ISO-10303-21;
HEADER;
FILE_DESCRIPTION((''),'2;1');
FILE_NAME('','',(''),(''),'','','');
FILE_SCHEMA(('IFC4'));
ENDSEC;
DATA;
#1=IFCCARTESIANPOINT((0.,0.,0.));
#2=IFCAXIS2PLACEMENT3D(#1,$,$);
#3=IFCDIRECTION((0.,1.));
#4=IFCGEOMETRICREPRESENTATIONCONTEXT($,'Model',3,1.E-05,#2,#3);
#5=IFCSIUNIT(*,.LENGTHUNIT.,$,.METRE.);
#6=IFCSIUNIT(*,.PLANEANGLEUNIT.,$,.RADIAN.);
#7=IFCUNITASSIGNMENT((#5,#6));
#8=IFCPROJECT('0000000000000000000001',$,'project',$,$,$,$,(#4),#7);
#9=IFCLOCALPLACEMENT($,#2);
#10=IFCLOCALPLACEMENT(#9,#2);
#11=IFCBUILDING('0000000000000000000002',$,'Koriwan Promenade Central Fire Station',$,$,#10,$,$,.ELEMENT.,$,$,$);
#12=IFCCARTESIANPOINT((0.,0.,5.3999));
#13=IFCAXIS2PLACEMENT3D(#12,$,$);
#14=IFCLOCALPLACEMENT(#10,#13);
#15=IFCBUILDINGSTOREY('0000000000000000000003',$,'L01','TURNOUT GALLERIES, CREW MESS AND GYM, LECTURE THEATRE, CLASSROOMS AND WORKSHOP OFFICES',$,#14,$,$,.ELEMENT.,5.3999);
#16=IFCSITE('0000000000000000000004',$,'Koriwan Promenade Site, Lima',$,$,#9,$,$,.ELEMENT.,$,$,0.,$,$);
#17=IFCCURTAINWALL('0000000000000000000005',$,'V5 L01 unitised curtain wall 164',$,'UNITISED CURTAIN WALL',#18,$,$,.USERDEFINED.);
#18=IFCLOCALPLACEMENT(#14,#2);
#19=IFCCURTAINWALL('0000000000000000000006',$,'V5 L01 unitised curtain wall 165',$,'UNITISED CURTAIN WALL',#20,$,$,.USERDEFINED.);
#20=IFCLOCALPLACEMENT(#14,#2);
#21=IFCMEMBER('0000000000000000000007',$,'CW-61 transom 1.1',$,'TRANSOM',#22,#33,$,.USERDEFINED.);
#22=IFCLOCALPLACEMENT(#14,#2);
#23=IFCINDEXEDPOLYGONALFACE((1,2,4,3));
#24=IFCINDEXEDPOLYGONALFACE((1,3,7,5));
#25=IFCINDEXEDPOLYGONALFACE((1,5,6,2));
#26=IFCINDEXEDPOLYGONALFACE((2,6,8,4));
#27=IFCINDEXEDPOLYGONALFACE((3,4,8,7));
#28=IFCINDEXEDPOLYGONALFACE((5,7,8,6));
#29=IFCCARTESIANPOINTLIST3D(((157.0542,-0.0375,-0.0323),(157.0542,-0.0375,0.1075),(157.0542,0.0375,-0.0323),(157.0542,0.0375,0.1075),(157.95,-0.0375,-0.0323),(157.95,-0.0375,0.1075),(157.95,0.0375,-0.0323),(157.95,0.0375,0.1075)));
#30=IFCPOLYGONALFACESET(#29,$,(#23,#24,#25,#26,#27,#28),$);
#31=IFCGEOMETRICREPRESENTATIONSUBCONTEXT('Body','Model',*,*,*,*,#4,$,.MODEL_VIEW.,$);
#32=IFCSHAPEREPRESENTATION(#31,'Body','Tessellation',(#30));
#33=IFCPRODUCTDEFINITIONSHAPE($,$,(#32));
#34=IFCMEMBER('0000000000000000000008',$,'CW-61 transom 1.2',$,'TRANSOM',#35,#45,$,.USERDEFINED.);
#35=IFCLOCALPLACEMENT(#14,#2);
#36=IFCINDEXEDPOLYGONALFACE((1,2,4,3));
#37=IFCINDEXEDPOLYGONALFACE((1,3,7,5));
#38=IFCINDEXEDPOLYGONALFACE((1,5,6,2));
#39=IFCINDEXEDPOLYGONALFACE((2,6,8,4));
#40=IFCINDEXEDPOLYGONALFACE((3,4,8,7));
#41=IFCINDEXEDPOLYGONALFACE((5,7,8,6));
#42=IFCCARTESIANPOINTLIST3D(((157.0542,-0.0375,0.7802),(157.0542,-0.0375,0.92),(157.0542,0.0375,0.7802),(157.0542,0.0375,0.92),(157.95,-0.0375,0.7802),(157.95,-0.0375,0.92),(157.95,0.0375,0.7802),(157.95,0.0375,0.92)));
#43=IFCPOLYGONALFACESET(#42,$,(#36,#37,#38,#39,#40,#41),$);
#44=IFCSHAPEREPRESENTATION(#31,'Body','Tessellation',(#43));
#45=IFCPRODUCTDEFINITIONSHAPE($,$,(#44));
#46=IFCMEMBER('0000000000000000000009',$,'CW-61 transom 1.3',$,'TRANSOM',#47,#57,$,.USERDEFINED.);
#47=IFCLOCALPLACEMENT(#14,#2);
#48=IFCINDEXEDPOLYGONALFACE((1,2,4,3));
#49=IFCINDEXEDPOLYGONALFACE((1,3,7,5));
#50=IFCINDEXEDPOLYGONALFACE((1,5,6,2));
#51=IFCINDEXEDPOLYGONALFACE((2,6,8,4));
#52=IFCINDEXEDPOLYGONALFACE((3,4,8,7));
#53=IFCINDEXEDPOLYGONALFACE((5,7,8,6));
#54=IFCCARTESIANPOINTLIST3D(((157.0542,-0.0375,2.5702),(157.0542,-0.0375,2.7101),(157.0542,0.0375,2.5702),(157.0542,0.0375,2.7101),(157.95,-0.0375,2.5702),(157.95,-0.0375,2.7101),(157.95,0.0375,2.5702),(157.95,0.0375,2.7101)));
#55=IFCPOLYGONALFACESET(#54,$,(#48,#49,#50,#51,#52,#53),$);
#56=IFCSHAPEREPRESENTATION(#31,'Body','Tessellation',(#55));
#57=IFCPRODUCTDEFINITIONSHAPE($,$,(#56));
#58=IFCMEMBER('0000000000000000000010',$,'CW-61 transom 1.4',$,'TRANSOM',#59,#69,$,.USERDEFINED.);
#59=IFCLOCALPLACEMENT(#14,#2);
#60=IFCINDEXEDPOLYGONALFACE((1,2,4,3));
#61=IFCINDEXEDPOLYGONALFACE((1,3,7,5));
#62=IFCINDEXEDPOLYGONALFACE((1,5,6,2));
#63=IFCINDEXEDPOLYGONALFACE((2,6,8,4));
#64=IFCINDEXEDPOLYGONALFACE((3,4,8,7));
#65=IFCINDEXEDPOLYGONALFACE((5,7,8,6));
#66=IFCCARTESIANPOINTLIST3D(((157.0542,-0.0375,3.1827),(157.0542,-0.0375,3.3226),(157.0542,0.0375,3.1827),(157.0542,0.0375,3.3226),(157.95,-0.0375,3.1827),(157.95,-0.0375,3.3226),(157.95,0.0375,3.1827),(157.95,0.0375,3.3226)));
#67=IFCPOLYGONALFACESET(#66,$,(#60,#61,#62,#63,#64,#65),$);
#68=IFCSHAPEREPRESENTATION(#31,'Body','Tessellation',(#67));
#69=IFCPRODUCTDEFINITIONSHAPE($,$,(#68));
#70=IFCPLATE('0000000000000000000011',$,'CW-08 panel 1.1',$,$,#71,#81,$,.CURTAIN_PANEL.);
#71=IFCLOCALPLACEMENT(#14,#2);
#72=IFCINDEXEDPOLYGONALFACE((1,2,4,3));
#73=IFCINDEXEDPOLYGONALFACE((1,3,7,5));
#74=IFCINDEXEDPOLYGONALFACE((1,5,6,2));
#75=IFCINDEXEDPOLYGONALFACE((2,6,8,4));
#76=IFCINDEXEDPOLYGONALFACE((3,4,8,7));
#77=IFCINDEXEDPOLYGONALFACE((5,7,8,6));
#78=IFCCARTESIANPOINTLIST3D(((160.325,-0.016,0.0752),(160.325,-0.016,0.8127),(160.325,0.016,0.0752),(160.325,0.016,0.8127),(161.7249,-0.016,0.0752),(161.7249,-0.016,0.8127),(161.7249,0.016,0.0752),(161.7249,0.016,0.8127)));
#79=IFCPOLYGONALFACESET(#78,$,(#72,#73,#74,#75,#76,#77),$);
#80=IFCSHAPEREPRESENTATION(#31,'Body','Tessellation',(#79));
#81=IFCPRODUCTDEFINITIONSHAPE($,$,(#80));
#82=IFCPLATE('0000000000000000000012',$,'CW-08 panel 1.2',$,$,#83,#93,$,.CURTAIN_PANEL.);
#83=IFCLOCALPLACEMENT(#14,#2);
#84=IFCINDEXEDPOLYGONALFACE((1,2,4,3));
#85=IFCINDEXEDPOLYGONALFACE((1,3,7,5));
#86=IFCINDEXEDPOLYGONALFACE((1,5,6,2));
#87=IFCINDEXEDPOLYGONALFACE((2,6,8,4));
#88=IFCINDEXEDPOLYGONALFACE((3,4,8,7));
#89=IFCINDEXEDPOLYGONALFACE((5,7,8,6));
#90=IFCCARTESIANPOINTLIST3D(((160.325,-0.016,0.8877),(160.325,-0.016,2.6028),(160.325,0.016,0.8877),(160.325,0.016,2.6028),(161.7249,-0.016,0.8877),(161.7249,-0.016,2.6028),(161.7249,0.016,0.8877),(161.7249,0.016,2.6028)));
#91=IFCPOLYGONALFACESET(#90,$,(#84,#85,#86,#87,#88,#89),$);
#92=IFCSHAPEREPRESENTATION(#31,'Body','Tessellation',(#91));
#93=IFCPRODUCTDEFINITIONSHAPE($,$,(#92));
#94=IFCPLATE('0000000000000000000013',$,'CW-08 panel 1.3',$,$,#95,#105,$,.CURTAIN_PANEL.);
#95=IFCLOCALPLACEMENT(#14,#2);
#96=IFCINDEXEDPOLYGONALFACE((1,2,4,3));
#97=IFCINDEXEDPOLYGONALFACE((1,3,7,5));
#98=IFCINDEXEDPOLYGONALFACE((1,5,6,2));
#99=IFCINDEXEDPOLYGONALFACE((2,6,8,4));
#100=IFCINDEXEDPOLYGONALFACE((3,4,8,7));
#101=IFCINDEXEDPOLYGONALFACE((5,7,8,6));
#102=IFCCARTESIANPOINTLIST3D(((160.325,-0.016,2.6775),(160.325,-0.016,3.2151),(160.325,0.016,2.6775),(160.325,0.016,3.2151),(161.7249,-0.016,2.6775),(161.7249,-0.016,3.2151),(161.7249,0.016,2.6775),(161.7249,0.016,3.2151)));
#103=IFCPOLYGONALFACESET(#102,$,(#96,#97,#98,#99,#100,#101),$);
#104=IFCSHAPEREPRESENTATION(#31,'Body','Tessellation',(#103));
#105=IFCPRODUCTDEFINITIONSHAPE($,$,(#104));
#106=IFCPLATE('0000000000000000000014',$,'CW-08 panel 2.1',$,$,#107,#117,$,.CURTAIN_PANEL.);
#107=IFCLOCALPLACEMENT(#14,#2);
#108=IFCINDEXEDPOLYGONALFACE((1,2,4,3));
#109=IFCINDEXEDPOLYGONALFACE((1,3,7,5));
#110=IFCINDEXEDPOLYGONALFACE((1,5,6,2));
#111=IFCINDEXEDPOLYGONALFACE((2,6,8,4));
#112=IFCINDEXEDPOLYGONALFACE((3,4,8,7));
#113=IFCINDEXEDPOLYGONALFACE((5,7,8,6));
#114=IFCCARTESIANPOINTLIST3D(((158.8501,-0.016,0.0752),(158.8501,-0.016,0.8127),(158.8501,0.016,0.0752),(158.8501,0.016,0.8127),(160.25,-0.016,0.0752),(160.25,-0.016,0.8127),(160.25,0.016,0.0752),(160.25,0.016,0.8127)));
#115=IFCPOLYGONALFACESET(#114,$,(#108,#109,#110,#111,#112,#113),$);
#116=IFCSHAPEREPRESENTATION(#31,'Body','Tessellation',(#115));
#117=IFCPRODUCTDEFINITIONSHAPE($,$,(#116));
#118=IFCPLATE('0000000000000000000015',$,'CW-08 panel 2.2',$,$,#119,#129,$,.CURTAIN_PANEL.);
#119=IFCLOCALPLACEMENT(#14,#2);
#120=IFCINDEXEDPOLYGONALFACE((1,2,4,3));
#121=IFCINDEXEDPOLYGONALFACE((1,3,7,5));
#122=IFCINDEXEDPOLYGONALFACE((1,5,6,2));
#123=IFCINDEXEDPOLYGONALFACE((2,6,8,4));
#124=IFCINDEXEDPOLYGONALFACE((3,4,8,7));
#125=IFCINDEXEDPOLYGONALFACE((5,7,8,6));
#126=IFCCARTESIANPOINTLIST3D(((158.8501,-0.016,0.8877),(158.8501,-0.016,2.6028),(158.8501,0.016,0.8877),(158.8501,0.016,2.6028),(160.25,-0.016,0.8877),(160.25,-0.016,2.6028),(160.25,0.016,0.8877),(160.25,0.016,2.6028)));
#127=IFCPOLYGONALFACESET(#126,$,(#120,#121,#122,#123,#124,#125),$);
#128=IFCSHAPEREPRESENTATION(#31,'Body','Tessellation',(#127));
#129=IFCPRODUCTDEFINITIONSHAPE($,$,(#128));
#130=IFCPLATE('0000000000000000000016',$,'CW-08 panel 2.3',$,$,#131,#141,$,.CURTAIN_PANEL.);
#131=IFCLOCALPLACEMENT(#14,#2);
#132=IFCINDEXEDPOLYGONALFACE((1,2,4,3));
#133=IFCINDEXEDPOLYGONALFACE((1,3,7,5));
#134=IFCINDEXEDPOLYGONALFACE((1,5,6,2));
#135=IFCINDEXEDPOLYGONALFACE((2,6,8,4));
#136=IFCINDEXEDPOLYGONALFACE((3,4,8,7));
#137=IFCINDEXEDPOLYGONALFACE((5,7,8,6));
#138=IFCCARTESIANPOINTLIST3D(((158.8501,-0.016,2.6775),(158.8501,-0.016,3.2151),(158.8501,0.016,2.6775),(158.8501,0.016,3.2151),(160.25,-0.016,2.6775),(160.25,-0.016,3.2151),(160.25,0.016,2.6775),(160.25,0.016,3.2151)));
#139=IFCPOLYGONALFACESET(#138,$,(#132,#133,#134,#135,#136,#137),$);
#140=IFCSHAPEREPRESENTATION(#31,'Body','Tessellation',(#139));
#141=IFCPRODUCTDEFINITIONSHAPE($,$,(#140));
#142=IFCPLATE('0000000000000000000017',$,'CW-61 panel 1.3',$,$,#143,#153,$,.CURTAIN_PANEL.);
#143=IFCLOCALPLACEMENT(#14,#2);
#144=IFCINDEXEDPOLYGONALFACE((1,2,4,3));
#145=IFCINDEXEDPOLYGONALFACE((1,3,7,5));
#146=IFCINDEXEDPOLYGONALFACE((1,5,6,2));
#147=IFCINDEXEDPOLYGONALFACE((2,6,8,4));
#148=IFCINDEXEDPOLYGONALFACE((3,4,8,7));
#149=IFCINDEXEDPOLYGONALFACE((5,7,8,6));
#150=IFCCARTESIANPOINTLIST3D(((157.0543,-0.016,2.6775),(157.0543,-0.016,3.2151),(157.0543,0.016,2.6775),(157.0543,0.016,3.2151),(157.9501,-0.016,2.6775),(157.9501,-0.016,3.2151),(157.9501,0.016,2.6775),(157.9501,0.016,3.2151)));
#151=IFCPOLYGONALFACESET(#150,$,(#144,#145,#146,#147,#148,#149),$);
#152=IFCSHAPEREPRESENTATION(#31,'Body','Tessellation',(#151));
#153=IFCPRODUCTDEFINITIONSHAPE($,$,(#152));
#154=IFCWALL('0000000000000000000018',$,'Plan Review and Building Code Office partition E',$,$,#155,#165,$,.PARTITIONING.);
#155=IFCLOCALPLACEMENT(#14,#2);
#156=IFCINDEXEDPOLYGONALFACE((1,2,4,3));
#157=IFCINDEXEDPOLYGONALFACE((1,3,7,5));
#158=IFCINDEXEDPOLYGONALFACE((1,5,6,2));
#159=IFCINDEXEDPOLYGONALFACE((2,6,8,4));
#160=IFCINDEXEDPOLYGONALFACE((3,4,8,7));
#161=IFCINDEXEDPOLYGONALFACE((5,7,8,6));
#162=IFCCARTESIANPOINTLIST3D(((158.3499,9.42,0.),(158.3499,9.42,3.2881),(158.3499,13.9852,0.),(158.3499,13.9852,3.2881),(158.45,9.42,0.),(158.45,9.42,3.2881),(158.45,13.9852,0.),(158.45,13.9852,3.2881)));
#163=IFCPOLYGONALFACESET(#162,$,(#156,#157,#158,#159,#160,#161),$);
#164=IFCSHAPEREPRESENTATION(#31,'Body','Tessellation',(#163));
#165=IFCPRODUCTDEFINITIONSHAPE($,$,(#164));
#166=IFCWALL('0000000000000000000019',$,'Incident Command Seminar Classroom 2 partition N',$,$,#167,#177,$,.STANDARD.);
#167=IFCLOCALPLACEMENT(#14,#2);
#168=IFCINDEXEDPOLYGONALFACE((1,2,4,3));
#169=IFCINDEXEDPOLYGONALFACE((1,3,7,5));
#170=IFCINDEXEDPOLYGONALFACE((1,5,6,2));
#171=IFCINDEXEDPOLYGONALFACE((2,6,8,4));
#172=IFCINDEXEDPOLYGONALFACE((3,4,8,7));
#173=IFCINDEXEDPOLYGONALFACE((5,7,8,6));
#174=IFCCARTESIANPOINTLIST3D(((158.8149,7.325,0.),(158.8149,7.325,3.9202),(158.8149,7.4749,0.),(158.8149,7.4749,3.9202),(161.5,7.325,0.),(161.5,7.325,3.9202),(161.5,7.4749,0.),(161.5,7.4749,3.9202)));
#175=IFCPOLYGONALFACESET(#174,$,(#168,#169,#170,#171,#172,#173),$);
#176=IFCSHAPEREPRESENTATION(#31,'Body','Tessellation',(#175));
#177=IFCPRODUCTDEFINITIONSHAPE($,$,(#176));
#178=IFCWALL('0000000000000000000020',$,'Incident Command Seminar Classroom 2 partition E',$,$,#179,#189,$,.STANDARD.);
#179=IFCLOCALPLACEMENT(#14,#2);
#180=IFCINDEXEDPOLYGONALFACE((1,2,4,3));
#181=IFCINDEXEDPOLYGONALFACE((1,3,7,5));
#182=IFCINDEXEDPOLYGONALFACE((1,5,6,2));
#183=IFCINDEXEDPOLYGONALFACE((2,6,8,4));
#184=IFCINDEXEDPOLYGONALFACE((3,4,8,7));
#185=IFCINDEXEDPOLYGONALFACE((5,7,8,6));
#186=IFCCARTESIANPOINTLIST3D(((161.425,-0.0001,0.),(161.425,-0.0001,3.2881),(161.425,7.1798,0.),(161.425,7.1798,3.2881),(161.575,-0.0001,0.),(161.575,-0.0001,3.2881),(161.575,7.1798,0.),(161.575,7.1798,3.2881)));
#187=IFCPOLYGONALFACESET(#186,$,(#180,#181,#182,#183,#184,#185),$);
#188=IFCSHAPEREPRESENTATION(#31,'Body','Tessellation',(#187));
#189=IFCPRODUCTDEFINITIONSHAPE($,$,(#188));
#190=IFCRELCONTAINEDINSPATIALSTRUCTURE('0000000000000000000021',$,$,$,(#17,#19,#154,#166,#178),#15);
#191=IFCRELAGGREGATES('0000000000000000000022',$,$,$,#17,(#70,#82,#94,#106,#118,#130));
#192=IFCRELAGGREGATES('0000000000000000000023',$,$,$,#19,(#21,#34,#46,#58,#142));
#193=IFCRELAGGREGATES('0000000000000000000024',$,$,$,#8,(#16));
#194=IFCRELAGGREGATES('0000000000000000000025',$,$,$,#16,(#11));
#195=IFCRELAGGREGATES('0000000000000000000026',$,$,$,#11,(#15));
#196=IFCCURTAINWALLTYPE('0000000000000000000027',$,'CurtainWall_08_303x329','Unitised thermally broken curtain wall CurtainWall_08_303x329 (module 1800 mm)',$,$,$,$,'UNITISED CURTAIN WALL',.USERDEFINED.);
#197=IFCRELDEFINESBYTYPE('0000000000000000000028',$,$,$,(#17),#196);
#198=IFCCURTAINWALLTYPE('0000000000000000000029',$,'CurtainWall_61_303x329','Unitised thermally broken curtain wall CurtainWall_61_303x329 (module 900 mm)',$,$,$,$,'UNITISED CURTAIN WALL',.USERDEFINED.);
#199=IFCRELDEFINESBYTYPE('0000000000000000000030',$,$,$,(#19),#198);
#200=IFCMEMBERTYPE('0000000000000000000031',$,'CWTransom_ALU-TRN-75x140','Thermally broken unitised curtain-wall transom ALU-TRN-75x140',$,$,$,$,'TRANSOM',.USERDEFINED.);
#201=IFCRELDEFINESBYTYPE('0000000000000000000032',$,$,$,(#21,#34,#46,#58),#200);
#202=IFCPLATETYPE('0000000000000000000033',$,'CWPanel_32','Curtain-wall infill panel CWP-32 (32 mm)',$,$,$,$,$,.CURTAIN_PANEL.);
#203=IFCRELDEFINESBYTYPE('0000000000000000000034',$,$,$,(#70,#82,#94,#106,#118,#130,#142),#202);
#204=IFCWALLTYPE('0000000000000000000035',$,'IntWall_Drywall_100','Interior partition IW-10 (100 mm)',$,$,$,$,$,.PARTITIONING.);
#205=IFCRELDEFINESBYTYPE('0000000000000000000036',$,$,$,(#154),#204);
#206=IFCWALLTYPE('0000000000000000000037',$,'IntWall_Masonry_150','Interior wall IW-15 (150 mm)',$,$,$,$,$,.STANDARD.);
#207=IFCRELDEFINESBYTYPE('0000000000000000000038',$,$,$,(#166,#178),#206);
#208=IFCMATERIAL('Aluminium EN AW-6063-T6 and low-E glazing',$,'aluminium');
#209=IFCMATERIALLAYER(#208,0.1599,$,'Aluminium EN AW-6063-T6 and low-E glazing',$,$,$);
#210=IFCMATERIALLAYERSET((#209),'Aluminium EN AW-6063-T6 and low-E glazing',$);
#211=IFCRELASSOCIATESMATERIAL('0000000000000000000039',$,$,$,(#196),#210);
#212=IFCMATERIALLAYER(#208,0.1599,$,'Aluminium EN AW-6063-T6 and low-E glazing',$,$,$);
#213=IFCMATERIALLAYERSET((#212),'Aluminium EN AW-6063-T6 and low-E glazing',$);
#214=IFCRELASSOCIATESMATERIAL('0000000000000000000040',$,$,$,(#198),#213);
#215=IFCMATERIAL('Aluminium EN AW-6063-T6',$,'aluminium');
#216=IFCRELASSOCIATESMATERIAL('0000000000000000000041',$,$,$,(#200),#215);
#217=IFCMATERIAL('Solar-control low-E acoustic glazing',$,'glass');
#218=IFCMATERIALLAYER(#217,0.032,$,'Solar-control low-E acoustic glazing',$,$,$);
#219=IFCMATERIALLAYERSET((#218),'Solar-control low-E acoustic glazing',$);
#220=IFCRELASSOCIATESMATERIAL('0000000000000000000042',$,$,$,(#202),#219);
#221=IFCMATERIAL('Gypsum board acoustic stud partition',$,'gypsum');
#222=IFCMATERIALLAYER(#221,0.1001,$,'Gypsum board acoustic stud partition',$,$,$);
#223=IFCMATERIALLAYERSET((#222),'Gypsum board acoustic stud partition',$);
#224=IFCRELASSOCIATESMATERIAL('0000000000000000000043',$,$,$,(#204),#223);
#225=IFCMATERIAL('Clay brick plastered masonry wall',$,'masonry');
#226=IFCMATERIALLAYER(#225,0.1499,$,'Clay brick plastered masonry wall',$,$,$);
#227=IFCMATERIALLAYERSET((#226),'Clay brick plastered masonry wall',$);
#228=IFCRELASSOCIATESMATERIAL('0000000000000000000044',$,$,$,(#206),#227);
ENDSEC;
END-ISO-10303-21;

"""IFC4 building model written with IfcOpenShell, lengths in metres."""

from ifc_helpers import new_model, si_unit, direction, frame, frame_2d, origin, origin_2d, place, context, subcontext, project, spatial, rectangle, extrude, material, layer, layer_set, material_profile, profile_set, type_object, element, aggregate, save


model = new_model("IFC4")

# Units and contexts
model_context = context("Model", 3, precision=1e-05, world=origin(), true_north=direction((0.0, 1.0)))
body_context = subcontext(model_context, "Body", "Model", "MODEL_VIEW")
ifc_project = project(units=[si_unit("LENGTHUNIT", "METRE"), si_unit("PLANEANGLEUNIT", "RADIAN")], contexts=[model_context])

# Site, building, storey
site_placement = place(None, origin())
site = spatial("IfcSite", under=ifc_project, at=site_placement, Name="Koriwan Promenade Site, Lima", CompositionType="ELEMENT", RefElevation=0.0)
building_placement = place(site_placement, origin())
building = spatial("IfcBuilding", under=site, at=building_placement, Name="Koriwan Promenade Central Fire Station", CompositionType="ELEMENT")
storey_placement = place(building_placement, frame((0.0, 0.0, 5.3999)))
storey = spatial("IfcBuildingStorey", under=building, at=storey_placement, Name="L01", Description="TURNOUT GALLERIES, CREW MESS AND GYM, LECTURE THEATRE, CLASSROOMS AND WORKSHOP OFFICES", CompositionType="ELEMENT", Elevation=5.3999)

# Curtain wall
ifc_material_1 = material(Name="Aluminium EN AW-6063-T6 and low-E glazing", Category="aluminium")
ifc_layer_1 = layer(ifc_material_1, 0.1599, Name="Aluminium EN AW-6063-T6 and low-E glazing")
ifc_layer_set_1 = layer_set([ifc_layer_1], Name="Aluminium EN AW-6063-T6 and low-E glazing")
curtain_wall_type_1 = type_object("IfcCurtainWallType", Name="CurtainWall_08_303x329", Description="Unitised thermally broken curtain wall CurtainWall_08_303x329 (module 1800 mm)", ElementType="UNITISED CURTAIN WALL", PredefinedType="USERDEFINED", material=ifc_layer_set_1)
curtain_wall_1_placement = place(storey_placement, origin())
curtain_wall_1 = element("IfcCurtainWall", 1, at=curtain_wall_1_placement, inside=storey, type_object=curtain_wall_type_1, Name="V5 L01 unitised curtain wall 164", ObjectType="UNITISED CURTAIN WALL", PredefinedType="USERDEFINED")
ifc_material_2 = material(Name="Aluminium EN AW-6063-T6", Category="aluminium")

# Curtain wall
ifc_layer_2 = layer(ifc_material_1, 0.1599, Name="Aluminium EN AW-6063-T6 and low-E glazing")
ifc_layer_set_2 = layer_set([ifc_layer_2], Name="Aluminium EN AW-6063-T6 and low-E glazing")
curtain_wall_type_2 = type_object("IfcCurtainWallType", Name="CurtainWall_61_303x329", Description="Unitised thermally broken curtain wall CurtainWall_61_303x329 (module 900 mm)", ElementType="UNITISED CURTAIN WALL", PredefinedType="USERDEFINED", material=ifc_layer_set_2)
curtain_wall_2_placement = place(storey_placement, origin())
curtain_wall_2 = element("IfcCurtainWall", 2, at=curtain_wall_2_placement, inside=storey, type_object=curtain_wall_type_2, Name="V5 L01 unitised curtain wall 165", ObjectType="UNITISED CURTAIN WALL", PredefinedType="USERDEFINED")

# Members
ifc_material_profile_1 = material_profile(ifc_material_2, rectangle(XDim=0.075, YDim=0.1399, at=origin_2d()), Name="ALU-TRN-75x140")
ifc_profile_set_1 = profile_set([ifc_material_profile_1], Name="Aluminium EN AW-6063-T6")
member_type_1 = type_object("IfcMemberType", Name="CWTransom_ALU-TRN-75x140", Description="Thermally broken unitised curtain-wall transom ALU-TRN-75x140", ElementType="TRANSOM", PredefinedType="USERDEFINED", material=ifc_profile_set_1)
member_1_placement = place(storey_placement, frame((157.95, 0.0, 0.0376), z_axis=(-1.0, 0.0, 0.0), x_axis=(0.0, -1.0, 0.0)))
member_1 = element("IfcMember", 3, at=member_1_placement, type_object=member_type_1, Name="CW-61 transom 1.1", ObjectType="TRANSOM", PredefinedType="USERDEFINED", context=body_context, shape_type="SweptSolid", body=[
    extrude(rectangle(XDim=0.075, YDim=0.1399, at=origin_2d()), origin(), (0.0, 0.0, 1.0), 0.8958),
])
member_2_placement = place(storey_placement, frame((157.95, 0.0, 0.8501), z_axis=(-1.0, 0.0, 0.0), x_axis=(0.0, -1.0, 0.0)))
member_2 = element("IfcMember", 4, at=member_2_placement, type_object=member_type_1, Name="CW-61 transom 1.2", ObjectType="TRANSOM", PredefinedType="USERDEFINED", context=body_context, shape_type="SweptSolid", body=[
    extrude(rectangle(XDim=0.075, YDim=0.1399, at=origin_2d()), origin(), (0.0, 0.0, 1.0), 0.8958),
])
member_3_placement = place(storey_placement, frame((157.95, 0.0, 2.6401), z_axis=(-1.0, 0.0, 0.0), x_axis=(0.0, -1.0, 0.0)))
member_3 = element("IfcMember", 5, at=member_3_placement, type_object=member_type_1, Name="CW-61 transom 1.3", ObjectType="TRANSOM", PredefinedType="USERDEFINED", context=body_context, shape_type="SweptSolid", body=[
    extrude(rectangle(XDim=0.075, YDim=0.1399, at=origin_2d()), origin(), (0.0, 0.0, 1.0), 0.8958),
])
member_4_placement = place(storey_placement, frame((157.95, 0.0, 3.2527), z_axis=(-1.0, 0.0, 0.0), x_axis=(0.0, -1.0, 0.0)))
member_4 = element("IfcMember", 6, at=member_4_placement, type_object=member_type_1, Name="CW-61 transom 1.4", ObjectType="TRANSOM", PredefinedType="USERDEFINED", context=body_context, shape_type="SweptSolid", body=[
    extrude(rectangle(XDim=0.075, YDim=0.1399, at=origin_2d()), origin(), (0.0, 0.0, 1.0), 0.8958),
])

# Plates
ifc_material_3 = material(Name="Solar-control low-E acoustic glazing", Category="glass")
ifc_layer_3 = layer(ifc_material_3, 0.032, Name="Solar-control low-E acoustic glazing")
ifc_layer_set_3 = layer_set([ifc_layer_3], Name="Solar-control low-E acoustic glazing")
plate_type = type_object("IfcPlateType", Name="CWPanel_32", Description="Curtain-wall infill panel CWP-32 (32 mm)", PredefinedType="CURTAIN_PANEL", material=ifc_layer_set_3)
plate_1_placement = place(storey_placement, frame((161.0249, 0.0, 0.0752), z_axis=(0.0, 0.0, 1.0), x_axis=(-1.0, 0.0, 0.0)))
plate_1 = element("IfcPlate", 7, at=plate_1_placement, type_object=plate_type, Name="CW-08 panel 1.1", PredefinedType="CURTAIN_PANEL", context=body_context, shape_type="SweptSolid", body=[
    extrude(rectangle(XDim=1.3999, YDim=0.032, at=origin_2d()), origin(), (0.0, 0.0, 1.0), 0.7375),
])
plate_2_placement = place(storey_placement, frame((161.0249, 0.0, 0.8877), z_axis=(0.0, 0.0, 1.0), x_axis=(-1.0, 0.0, 0.0)))
plate_2 = element("IfcPlate", 8, at=plate_2_placement, type_object=plate_type, Name="CW-08 panel 1.2", PredefinedType="CURTAIN_PANEL", context=body_context, shape_type="SweptSolid", body=[
    extrude(rectangle(XDim=1.3999, YDim=0.032, at=origin_2d()), origin(), (0.0, 0.0, 1.0), 1.7151),
])
plate_3_placement = place(storey_placement, frame((161.0249, 0.0, 2.6775), z_axis=(0.0, 0.0, 1.0), x_axis=(-1.0, 0.0, 0.0)))
plate_3 = element("IfcPlate", 9, at=plate_3_placement, type_object=plate_type, Name="CW-08 panel 1.3", PredefinedType="CURTAIN_PANEL", context=body_context, shape_type="SweptSolid", body=[
    extrude(rectangle(XDim=1.3999, YDim=0.032, at=origin_2d()), origin(), (0.0, 0.0, 1.0), 0.5376),
])
plate_4_placement = place(storey_placement, frame((159.55, 0.0, 0.0752), z_axis=(0.0, 0.0, 1.0), x_axis=(-1.0, 0.0, 0.0)))
plate_4 = element("IfcPlate", 10, at=plate_4_placement, type_object=plate_type, Name="CW-08 panel 2.1", PredefinedType="CURTAIN_PANEL", context=body_context, shape_type="SweptSolid", body=[
    extrude(rectangle(XDim=1.3999, YDim=0.032, at=origin_2d()), origin(), (0.0, 0.0, 1.0), 0.7375),
])
plate_5_placement = place(storey_placement, frame((159.55, 0.0, 0.8877), z_axis=(0.0, 0.0, 1.0), x_axis=(-1.0, 0.0, 0.0)))
plate_5 = element("IfcPlate", 11, at=plate_5_placement, type_object=plate_type, Name="CW-08 panel 2.2", PredefinedType="CURTAIN_PANEL", context=body_context, shape_type="SweptSolid", body=[
    extrude(rectangle(XDim=1.3999, YDim=0.032, at=origin_2d()), origin(), (0.0, 0.0, 1.0), 1.7151),
])
plate_6_placement = place(storey_placement, frame((159.55, 0.0, 2.6775), z_axis=(0.0, 0.0, 1.0), x_axis=(-1.0, 0.0, 0.0)))
plate_6 = element("IfcPlate", 12, at=plate_6_placement, type_object=plate_type, Name="CW-08 panel 2.3", PredefinedType="CURTAIN_PANEL", context=body_context, shape_type="SweptSolid", body=[
    extrude(rectangle(XDim=1.3999, YDim=0.032, at=origin_2d()), origin(), (0.0, 0.0, 1.0), 0.5376),
])
aggregate(curtain_wall_1, [plate_1, plate_2, plate_3, plate_4, plate_5, plate_6])
plate_7_placement = place(storey_placement, frame((157.5022, 0.0, 2.6775), z_axis=(0.0, 0.0, 1.0), x_axis=(-1.0, 0.0, 0.0)))
plate_7 = element("IfcPlate", 13, at=plate_7_placement, type_object=plate_type, Name="CW-61 panel 1.3", PredefinedType="CURTAIN_PANEL", context=body_context, shape_type="SweptSolid", body=[
    extrude(rectangle(XDim=0.8958, YDim=0.032, at=origin_2d()), origin(), (0.0, 0.0, 1.0), 0.5376),
])
aggregate(curtain_wall_2, [member_1, member_2, member_3, member_4, plate_7])

# Walls
ifc_material_4 = material(Name="Gypsum board acoustic stud partition", Category="gypsum")
ifc_layer_4 = layer(ifc_material_4, 0.1001, Name="Gypsum board acoustic stud partition")
ifc_layer_set_4 = layer_set([ifc_layer_4], Name="Gypsum board acoustic stud partition")
wall_type_1 = type_object("IfcWallType", Name="IntWall_Drywall_100", Description="Interior partition IW-10 (100 mm)", PredefinedType="PARTITIONING", material=ifc_layer_set_4)
wall_1_placement = place(storey_placement, frame((158.3999, 9.4199, 0.0), z_axis=(0.0, 0.0, 1.0), x_axis=(0.0, 1.0, 0.0)))
element("IfcWall", 14, at=wall_1_placement, inside=storey, type_object=wall_type_1, Name="Plan Review and Building Code Office partition E", PredefinedType="PARTITIONING", context=body_context, shape_type="SweptSolid", body=[
    extrude(rectangle(XDim=4.5652, YDim=0.1001, at=frame_2d((2.2827, 0.0))), origin(), (0.0, 0.0, 1.0), 3.2881),
])
ifc_material_5 = material(Name="Clay brick plastered masonry wall", Category="masonry")
ifc_layer_5 = layer(ifc_material_5, 0.1499, Name="Clay brick plastered masonry wall")
ifc_layer_set_5 = layer_set([ifc_layer_5], Name="Clay brick plastered masonry wall")
wall_type_2 = type_object("IfcWallType", Name="IntWall_Masonry_150", Description="Interior wall IW-15 (150 mm)", PredefinedType="STANDARD", material=ifc_layer_set_5)
wall_2_placement = place(storey_placement, frame((158.8149, 7.3999, 0.0), z_axis=(0.0, 0.0, 1.0), x_axis=(1.0, 0.0, 0.0)))
element("IfcWall", 15, at=wall_2_placement, inside=storey, type_object=wall_type_2, Name="Incident Command Seminar Classroom 2 partition N", PredefinedType="STANDARD", context=body_context, shape_type="SweptSolid", body=[
    extrude(rectangle(XDim=2.6851, YDim=0.1499, at=frame_2d((1.3425, 0.0))), origin(), (0.0, 0.0, 1.0), 3.9202),
])
wall_3_placement = place(storey_placement, frame((161.5, 0.0, 0.0), z_axis=(0.0, 0.0, 1.0), x_axis=(0.0, 1.0, 0.0)))
element("IfcWall", 16, at=wall_3_placement, inside=storey, type_object=wall_type_2, Name="Incident Command Seminar Classroom 2 partition E", PredefinedType="STANDARD", context=body_context, shape_type="SweptSolid", body=[
    extrude(rectangle(XDim=7.1799, YDim=0.1499, at=frame_2d((3.5898, 0.0))), origin(), (0.0, 0.0, 1.0), 3.2881),
])

save(model, "model.ifc")
